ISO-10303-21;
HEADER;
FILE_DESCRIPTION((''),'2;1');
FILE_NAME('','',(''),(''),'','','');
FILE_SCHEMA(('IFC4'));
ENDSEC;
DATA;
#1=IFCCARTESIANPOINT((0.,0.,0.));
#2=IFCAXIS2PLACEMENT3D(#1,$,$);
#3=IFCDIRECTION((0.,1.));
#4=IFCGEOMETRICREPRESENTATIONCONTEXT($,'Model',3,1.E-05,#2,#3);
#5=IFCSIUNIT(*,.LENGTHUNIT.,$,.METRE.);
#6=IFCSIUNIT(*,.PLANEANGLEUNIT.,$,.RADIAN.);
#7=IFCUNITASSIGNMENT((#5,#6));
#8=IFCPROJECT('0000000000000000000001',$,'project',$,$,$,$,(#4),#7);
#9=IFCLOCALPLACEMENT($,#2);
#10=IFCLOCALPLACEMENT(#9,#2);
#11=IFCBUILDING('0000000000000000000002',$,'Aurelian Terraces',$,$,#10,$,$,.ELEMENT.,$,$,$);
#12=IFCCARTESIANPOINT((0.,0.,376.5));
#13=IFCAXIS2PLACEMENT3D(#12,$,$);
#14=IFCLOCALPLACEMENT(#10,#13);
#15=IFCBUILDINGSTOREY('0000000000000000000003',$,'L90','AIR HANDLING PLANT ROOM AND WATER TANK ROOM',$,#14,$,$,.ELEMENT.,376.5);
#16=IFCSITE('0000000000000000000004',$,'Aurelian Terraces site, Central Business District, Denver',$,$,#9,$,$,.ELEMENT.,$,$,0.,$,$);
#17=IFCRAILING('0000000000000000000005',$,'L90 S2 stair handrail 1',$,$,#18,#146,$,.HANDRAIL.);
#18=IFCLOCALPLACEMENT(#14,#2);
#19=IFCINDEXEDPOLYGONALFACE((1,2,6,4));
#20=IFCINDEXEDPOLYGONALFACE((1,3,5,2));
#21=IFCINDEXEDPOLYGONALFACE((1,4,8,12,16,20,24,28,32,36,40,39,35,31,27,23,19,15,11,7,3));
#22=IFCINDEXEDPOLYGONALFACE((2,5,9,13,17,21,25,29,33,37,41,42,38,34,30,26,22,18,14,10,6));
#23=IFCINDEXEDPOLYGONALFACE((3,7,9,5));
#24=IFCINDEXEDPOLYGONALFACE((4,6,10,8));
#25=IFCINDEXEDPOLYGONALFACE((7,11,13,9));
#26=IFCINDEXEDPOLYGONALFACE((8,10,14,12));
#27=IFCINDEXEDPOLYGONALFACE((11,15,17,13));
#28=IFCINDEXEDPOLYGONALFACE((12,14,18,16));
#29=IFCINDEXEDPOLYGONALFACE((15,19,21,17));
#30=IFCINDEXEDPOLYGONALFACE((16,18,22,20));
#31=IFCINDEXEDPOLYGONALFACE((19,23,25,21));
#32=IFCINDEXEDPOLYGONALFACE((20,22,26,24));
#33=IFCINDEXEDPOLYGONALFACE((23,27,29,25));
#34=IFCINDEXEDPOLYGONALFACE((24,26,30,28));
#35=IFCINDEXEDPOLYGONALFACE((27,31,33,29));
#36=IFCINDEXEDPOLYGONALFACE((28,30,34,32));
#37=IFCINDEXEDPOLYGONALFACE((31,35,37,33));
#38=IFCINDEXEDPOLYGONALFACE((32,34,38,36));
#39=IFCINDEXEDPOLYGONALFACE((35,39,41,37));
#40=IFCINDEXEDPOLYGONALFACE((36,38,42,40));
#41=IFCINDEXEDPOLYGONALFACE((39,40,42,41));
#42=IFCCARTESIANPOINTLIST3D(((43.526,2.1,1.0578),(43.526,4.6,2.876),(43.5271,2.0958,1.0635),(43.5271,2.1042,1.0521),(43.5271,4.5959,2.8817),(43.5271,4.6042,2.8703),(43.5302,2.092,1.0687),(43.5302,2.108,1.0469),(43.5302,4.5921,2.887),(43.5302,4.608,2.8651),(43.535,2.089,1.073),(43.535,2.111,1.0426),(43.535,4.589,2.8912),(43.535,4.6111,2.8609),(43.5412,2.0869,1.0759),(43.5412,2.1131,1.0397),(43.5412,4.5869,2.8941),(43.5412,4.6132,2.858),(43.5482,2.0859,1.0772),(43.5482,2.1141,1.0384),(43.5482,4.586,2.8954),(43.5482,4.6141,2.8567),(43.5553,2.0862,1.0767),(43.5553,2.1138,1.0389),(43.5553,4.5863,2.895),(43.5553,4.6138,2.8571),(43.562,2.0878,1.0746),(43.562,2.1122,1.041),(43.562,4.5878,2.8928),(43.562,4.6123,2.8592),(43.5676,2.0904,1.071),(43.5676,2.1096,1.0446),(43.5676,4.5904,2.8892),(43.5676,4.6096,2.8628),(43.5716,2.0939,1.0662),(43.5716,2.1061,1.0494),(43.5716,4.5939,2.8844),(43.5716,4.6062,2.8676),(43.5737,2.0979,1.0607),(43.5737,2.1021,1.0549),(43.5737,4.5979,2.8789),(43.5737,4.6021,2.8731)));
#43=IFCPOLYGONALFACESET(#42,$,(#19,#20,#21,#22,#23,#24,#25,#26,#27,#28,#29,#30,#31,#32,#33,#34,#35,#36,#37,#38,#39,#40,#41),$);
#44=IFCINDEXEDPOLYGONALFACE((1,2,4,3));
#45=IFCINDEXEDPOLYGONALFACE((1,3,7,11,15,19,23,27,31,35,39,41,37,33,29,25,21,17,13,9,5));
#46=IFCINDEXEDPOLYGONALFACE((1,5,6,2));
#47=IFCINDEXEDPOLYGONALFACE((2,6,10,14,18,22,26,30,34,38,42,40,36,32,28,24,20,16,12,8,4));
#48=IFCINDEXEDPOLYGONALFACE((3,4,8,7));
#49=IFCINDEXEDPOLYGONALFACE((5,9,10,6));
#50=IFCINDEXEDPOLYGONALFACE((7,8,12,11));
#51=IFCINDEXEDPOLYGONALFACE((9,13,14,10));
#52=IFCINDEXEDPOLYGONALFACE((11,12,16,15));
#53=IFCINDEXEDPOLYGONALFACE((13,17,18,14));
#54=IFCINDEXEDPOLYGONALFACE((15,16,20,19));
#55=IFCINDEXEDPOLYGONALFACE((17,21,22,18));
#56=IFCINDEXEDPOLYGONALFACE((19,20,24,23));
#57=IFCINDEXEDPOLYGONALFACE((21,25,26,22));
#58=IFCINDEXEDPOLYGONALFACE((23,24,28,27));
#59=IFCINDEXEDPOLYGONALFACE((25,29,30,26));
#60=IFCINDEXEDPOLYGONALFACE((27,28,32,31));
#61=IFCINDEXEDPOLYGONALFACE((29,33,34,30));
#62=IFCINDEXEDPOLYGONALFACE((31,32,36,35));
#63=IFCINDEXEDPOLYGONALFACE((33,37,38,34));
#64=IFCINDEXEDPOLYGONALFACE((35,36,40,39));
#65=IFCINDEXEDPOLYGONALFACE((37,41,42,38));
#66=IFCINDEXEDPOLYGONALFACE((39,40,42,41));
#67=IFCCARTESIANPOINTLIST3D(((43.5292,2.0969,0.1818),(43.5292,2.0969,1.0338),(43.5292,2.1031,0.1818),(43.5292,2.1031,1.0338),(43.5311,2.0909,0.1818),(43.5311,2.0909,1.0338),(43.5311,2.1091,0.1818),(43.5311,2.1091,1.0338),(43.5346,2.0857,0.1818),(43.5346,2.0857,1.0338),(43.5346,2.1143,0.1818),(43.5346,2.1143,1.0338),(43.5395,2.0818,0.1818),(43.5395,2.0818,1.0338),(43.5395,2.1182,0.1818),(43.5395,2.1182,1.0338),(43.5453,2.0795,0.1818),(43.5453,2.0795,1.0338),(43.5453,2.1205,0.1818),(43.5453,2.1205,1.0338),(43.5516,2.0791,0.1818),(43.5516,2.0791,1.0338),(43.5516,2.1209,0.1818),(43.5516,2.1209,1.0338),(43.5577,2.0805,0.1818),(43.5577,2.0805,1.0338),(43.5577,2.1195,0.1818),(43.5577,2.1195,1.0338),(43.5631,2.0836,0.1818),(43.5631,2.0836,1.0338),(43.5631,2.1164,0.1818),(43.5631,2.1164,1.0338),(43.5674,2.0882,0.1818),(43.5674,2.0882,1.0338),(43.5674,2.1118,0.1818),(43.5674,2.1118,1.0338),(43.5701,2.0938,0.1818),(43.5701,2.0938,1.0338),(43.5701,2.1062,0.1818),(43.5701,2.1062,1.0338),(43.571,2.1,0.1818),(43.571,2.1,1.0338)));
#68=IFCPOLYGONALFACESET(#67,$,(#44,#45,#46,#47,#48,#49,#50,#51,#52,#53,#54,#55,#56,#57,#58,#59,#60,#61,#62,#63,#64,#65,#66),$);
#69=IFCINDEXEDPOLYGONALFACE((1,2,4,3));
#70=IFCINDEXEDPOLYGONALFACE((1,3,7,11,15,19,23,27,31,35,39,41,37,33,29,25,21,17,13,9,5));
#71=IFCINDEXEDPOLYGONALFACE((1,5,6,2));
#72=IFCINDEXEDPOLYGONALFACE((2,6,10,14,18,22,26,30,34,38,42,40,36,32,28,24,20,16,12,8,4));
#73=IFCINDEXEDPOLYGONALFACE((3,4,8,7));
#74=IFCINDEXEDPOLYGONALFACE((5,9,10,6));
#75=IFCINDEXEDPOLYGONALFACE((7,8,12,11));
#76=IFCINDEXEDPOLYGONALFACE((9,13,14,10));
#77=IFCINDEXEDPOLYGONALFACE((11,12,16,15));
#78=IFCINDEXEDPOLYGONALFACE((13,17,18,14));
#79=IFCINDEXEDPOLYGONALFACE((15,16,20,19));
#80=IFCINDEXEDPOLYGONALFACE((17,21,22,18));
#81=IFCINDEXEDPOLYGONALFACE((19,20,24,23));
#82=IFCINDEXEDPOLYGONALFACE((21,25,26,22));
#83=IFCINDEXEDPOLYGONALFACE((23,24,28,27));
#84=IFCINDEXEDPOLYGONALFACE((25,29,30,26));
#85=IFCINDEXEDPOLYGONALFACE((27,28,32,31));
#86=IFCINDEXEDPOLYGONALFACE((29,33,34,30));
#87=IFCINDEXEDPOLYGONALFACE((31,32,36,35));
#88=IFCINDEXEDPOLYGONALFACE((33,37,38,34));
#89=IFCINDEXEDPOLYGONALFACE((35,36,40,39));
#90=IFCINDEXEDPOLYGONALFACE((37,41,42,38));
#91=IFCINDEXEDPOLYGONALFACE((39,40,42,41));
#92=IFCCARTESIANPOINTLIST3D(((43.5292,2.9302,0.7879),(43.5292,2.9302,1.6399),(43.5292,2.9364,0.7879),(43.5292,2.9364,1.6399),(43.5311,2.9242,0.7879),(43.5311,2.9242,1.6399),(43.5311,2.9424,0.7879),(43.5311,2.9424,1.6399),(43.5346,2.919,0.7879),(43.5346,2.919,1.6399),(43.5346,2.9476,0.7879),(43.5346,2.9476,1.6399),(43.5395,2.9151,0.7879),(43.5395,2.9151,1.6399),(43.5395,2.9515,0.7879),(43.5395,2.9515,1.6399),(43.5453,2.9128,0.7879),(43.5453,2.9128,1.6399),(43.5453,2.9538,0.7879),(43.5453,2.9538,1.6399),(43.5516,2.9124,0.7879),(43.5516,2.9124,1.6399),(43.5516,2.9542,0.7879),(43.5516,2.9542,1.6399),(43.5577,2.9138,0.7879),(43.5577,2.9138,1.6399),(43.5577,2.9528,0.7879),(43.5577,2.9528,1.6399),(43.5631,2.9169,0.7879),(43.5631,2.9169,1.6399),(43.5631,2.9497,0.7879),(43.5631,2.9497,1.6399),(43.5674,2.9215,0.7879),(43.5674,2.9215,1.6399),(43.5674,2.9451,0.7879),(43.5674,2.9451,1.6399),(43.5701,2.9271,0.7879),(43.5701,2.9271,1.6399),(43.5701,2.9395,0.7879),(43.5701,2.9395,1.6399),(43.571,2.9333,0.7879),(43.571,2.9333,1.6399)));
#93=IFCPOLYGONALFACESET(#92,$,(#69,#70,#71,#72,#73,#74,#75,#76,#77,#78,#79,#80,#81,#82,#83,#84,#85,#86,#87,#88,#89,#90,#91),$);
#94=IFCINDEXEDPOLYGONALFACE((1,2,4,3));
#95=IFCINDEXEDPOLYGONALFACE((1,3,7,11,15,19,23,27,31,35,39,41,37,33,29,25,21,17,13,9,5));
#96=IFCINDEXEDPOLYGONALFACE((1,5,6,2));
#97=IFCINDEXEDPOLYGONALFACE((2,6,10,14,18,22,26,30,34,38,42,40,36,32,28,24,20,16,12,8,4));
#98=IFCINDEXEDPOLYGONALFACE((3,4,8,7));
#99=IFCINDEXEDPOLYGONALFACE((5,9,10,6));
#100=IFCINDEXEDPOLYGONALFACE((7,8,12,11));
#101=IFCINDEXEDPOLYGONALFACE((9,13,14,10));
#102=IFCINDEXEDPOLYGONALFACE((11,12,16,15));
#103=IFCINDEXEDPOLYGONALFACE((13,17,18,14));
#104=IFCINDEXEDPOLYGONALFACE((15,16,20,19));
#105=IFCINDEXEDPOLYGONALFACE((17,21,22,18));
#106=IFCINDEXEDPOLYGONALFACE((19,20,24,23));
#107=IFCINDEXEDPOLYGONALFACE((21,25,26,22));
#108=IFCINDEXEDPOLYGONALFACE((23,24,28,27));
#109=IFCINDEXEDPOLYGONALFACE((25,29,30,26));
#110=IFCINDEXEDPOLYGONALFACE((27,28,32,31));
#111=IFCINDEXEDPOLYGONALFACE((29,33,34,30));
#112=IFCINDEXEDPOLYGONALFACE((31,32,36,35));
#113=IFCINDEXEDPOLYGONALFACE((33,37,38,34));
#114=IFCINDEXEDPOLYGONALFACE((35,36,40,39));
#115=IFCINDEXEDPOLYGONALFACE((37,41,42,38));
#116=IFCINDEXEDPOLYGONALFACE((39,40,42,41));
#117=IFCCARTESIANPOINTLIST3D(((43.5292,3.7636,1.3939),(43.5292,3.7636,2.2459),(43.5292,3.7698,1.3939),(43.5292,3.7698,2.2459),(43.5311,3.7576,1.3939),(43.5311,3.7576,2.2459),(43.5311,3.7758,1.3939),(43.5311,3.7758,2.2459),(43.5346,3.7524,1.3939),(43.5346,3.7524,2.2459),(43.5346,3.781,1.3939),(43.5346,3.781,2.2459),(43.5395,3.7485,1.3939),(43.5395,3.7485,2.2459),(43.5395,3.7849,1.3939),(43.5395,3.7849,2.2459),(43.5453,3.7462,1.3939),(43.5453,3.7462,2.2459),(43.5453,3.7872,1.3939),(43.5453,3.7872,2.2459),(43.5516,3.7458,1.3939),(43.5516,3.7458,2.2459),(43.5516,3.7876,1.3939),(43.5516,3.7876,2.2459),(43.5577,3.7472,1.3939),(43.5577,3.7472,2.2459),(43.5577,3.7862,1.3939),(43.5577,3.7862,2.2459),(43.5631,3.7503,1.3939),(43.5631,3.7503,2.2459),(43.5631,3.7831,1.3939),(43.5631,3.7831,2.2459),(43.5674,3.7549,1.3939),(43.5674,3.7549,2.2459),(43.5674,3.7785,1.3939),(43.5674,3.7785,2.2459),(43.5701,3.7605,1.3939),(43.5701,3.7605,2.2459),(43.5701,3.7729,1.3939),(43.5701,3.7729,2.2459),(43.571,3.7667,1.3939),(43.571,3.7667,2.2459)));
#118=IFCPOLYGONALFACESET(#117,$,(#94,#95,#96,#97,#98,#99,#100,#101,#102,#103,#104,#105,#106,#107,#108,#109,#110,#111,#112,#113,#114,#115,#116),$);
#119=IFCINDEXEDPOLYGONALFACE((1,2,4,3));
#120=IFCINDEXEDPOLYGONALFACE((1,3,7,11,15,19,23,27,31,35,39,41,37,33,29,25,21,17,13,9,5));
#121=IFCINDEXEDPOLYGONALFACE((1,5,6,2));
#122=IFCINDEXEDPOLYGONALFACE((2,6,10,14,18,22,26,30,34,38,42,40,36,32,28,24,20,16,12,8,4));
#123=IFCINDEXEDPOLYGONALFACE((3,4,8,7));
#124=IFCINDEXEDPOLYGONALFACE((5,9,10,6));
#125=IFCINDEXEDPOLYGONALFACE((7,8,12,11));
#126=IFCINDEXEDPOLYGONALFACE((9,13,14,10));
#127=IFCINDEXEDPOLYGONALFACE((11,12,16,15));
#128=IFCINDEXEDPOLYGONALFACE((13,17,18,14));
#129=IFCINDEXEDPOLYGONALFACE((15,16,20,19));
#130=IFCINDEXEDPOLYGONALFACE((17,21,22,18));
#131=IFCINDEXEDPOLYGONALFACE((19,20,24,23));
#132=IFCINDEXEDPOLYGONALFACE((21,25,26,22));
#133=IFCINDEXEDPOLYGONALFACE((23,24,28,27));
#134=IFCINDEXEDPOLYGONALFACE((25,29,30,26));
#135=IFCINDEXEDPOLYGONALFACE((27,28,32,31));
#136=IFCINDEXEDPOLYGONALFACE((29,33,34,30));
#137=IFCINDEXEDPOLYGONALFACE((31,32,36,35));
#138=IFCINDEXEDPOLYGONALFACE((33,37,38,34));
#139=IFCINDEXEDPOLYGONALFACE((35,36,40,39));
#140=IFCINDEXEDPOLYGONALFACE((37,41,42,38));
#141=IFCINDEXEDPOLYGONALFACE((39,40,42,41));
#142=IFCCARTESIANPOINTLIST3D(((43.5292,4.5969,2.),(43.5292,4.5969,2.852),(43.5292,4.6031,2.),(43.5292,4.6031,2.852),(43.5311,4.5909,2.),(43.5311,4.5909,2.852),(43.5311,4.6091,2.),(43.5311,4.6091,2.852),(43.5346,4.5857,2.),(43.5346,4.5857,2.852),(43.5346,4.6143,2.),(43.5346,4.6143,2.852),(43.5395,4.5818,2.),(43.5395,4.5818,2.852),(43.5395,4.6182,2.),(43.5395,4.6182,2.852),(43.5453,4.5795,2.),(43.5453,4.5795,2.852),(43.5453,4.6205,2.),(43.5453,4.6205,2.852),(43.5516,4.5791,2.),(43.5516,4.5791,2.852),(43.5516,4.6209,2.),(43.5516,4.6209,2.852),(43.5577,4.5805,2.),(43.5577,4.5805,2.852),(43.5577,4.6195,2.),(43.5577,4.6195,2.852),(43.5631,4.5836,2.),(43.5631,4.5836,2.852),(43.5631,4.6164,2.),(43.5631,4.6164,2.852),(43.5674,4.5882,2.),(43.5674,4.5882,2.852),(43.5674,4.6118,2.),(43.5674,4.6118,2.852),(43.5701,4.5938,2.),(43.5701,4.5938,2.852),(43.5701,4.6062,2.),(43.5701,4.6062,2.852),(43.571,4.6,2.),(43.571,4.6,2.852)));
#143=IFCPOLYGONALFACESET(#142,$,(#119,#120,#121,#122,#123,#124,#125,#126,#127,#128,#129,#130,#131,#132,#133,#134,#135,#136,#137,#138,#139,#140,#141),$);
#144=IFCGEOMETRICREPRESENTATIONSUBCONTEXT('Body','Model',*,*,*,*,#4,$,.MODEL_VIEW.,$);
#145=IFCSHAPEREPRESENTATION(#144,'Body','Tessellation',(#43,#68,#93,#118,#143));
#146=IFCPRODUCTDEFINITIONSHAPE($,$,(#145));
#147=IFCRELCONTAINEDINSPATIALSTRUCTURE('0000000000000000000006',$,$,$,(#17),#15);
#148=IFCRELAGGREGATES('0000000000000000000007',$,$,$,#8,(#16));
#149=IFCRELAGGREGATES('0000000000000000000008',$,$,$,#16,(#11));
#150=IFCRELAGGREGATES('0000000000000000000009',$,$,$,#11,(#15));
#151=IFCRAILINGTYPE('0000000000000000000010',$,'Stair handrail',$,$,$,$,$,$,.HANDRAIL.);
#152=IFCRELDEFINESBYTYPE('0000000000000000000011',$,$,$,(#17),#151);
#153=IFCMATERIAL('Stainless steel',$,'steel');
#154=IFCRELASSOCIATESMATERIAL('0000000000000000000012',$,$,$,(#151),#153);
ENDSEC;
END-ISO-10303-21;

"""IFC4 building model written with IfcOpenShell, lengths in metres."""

from ifc_helpers import new_model, si_unit, direction, frame, origin, origin_2d, place, context, subcontext, project, spatial, circle, extrude, source, transform, mapped, material, type_object, element, save


model = new_model("IFC4")

# Units and contexts
model_context = context("Model", 3, precision=1e-05, world=origin(), true_north=direction((0.0, 1.0)))
body_context = subcontext(model_context, "Body", "Model", "MODEL_VIEW")
ifc_project = project(units=[si_unit("LENGTHUNIT", "METRE"), si_unit("PLANEANGLEUNIT", "RADIAN")], contexts=[model_context])

# Site, building, storey
site_placement = place(None, origin())
site = spatial("IfcSite", under=ifc_project, at=site_placement, Name="Aurelian Terraces site, Central Business District, Denver", CompositionType="ELEMENT", RefElevation=0.0)
building_placement = place(site_placement, origin())
building = spatial("IfcBuilding", under=site, at=building_placement, Name="Aurelian Terraces", CompositionType="ELEMENT")
storey_placement = place(building_placement, frame((0.0, 0.0, 376.5)))
storey = spatial("IfcBuildingStorey", under=building, at=storey_placement, Name="L90", Description="AIR HANDLING PLANT ROOM AND WATER TANK ROOM", CompositionType="ELEMENT", Elevation=376.5)

# Shared definitions
ifc_material_1 = material(Name="Stainless steel", Category="steel")

# Railing
railing_type_1 = type_object("IfcRailingType", Name="Stair handrail", PredefinedType="HANDRAIL", material=ifc_material_1)
shared_shape_1 = source(origin(), body_context, "Body", "SweptSolid", [
    extrude(circle(Radius=0.024, at=origin_2d()), frame((0.0, 0.0, 0.876), z_axis=(0.0, 0.808733, 0.588176), x_axis=(-1.0, 0.0, 0.0)), (0.0, 0.0, 1.0), 3.0913),
    extrude(circle(Radius=0.021, at=origin_2d()), origin(), (0.0, 0.0, 1.0), 0.852),
    extrude(circle(Radius=0.021, at=origin_2d()), frame((0.0, 0.8333, 0.6061)), (0.0, 0.0, 1.0), 0.852),
    extrude(circle(Radius=0.021, at=origin_2d()), frame((0.0, 1.6667, 1.2121)), (0.0, 0.0, 1.0), 0.852),
    extrude(circle(Radius=0.021, at=origin_2d()), frame((0.0, 2.5, 1.8182)), (0.0, 0.0, 1.0), 0.852),
])
railing_1_placement = place(storey_placement, frame((43.55, 2.1, 0.1818)))
element("IfcRailing", 1, at=railing_1_placement, inside=storey, type_object=railing_type_1, Name="L90 S2 stair handrail 1", PredefinedType="HANDRAIL", context=body_context, shape_type="MappedRepresentation", body=[
    mapped(shared_shape_1, transform((0.0, 0.0, 0.0), scale=1.0)),
])

save(model, "model.ifc")
